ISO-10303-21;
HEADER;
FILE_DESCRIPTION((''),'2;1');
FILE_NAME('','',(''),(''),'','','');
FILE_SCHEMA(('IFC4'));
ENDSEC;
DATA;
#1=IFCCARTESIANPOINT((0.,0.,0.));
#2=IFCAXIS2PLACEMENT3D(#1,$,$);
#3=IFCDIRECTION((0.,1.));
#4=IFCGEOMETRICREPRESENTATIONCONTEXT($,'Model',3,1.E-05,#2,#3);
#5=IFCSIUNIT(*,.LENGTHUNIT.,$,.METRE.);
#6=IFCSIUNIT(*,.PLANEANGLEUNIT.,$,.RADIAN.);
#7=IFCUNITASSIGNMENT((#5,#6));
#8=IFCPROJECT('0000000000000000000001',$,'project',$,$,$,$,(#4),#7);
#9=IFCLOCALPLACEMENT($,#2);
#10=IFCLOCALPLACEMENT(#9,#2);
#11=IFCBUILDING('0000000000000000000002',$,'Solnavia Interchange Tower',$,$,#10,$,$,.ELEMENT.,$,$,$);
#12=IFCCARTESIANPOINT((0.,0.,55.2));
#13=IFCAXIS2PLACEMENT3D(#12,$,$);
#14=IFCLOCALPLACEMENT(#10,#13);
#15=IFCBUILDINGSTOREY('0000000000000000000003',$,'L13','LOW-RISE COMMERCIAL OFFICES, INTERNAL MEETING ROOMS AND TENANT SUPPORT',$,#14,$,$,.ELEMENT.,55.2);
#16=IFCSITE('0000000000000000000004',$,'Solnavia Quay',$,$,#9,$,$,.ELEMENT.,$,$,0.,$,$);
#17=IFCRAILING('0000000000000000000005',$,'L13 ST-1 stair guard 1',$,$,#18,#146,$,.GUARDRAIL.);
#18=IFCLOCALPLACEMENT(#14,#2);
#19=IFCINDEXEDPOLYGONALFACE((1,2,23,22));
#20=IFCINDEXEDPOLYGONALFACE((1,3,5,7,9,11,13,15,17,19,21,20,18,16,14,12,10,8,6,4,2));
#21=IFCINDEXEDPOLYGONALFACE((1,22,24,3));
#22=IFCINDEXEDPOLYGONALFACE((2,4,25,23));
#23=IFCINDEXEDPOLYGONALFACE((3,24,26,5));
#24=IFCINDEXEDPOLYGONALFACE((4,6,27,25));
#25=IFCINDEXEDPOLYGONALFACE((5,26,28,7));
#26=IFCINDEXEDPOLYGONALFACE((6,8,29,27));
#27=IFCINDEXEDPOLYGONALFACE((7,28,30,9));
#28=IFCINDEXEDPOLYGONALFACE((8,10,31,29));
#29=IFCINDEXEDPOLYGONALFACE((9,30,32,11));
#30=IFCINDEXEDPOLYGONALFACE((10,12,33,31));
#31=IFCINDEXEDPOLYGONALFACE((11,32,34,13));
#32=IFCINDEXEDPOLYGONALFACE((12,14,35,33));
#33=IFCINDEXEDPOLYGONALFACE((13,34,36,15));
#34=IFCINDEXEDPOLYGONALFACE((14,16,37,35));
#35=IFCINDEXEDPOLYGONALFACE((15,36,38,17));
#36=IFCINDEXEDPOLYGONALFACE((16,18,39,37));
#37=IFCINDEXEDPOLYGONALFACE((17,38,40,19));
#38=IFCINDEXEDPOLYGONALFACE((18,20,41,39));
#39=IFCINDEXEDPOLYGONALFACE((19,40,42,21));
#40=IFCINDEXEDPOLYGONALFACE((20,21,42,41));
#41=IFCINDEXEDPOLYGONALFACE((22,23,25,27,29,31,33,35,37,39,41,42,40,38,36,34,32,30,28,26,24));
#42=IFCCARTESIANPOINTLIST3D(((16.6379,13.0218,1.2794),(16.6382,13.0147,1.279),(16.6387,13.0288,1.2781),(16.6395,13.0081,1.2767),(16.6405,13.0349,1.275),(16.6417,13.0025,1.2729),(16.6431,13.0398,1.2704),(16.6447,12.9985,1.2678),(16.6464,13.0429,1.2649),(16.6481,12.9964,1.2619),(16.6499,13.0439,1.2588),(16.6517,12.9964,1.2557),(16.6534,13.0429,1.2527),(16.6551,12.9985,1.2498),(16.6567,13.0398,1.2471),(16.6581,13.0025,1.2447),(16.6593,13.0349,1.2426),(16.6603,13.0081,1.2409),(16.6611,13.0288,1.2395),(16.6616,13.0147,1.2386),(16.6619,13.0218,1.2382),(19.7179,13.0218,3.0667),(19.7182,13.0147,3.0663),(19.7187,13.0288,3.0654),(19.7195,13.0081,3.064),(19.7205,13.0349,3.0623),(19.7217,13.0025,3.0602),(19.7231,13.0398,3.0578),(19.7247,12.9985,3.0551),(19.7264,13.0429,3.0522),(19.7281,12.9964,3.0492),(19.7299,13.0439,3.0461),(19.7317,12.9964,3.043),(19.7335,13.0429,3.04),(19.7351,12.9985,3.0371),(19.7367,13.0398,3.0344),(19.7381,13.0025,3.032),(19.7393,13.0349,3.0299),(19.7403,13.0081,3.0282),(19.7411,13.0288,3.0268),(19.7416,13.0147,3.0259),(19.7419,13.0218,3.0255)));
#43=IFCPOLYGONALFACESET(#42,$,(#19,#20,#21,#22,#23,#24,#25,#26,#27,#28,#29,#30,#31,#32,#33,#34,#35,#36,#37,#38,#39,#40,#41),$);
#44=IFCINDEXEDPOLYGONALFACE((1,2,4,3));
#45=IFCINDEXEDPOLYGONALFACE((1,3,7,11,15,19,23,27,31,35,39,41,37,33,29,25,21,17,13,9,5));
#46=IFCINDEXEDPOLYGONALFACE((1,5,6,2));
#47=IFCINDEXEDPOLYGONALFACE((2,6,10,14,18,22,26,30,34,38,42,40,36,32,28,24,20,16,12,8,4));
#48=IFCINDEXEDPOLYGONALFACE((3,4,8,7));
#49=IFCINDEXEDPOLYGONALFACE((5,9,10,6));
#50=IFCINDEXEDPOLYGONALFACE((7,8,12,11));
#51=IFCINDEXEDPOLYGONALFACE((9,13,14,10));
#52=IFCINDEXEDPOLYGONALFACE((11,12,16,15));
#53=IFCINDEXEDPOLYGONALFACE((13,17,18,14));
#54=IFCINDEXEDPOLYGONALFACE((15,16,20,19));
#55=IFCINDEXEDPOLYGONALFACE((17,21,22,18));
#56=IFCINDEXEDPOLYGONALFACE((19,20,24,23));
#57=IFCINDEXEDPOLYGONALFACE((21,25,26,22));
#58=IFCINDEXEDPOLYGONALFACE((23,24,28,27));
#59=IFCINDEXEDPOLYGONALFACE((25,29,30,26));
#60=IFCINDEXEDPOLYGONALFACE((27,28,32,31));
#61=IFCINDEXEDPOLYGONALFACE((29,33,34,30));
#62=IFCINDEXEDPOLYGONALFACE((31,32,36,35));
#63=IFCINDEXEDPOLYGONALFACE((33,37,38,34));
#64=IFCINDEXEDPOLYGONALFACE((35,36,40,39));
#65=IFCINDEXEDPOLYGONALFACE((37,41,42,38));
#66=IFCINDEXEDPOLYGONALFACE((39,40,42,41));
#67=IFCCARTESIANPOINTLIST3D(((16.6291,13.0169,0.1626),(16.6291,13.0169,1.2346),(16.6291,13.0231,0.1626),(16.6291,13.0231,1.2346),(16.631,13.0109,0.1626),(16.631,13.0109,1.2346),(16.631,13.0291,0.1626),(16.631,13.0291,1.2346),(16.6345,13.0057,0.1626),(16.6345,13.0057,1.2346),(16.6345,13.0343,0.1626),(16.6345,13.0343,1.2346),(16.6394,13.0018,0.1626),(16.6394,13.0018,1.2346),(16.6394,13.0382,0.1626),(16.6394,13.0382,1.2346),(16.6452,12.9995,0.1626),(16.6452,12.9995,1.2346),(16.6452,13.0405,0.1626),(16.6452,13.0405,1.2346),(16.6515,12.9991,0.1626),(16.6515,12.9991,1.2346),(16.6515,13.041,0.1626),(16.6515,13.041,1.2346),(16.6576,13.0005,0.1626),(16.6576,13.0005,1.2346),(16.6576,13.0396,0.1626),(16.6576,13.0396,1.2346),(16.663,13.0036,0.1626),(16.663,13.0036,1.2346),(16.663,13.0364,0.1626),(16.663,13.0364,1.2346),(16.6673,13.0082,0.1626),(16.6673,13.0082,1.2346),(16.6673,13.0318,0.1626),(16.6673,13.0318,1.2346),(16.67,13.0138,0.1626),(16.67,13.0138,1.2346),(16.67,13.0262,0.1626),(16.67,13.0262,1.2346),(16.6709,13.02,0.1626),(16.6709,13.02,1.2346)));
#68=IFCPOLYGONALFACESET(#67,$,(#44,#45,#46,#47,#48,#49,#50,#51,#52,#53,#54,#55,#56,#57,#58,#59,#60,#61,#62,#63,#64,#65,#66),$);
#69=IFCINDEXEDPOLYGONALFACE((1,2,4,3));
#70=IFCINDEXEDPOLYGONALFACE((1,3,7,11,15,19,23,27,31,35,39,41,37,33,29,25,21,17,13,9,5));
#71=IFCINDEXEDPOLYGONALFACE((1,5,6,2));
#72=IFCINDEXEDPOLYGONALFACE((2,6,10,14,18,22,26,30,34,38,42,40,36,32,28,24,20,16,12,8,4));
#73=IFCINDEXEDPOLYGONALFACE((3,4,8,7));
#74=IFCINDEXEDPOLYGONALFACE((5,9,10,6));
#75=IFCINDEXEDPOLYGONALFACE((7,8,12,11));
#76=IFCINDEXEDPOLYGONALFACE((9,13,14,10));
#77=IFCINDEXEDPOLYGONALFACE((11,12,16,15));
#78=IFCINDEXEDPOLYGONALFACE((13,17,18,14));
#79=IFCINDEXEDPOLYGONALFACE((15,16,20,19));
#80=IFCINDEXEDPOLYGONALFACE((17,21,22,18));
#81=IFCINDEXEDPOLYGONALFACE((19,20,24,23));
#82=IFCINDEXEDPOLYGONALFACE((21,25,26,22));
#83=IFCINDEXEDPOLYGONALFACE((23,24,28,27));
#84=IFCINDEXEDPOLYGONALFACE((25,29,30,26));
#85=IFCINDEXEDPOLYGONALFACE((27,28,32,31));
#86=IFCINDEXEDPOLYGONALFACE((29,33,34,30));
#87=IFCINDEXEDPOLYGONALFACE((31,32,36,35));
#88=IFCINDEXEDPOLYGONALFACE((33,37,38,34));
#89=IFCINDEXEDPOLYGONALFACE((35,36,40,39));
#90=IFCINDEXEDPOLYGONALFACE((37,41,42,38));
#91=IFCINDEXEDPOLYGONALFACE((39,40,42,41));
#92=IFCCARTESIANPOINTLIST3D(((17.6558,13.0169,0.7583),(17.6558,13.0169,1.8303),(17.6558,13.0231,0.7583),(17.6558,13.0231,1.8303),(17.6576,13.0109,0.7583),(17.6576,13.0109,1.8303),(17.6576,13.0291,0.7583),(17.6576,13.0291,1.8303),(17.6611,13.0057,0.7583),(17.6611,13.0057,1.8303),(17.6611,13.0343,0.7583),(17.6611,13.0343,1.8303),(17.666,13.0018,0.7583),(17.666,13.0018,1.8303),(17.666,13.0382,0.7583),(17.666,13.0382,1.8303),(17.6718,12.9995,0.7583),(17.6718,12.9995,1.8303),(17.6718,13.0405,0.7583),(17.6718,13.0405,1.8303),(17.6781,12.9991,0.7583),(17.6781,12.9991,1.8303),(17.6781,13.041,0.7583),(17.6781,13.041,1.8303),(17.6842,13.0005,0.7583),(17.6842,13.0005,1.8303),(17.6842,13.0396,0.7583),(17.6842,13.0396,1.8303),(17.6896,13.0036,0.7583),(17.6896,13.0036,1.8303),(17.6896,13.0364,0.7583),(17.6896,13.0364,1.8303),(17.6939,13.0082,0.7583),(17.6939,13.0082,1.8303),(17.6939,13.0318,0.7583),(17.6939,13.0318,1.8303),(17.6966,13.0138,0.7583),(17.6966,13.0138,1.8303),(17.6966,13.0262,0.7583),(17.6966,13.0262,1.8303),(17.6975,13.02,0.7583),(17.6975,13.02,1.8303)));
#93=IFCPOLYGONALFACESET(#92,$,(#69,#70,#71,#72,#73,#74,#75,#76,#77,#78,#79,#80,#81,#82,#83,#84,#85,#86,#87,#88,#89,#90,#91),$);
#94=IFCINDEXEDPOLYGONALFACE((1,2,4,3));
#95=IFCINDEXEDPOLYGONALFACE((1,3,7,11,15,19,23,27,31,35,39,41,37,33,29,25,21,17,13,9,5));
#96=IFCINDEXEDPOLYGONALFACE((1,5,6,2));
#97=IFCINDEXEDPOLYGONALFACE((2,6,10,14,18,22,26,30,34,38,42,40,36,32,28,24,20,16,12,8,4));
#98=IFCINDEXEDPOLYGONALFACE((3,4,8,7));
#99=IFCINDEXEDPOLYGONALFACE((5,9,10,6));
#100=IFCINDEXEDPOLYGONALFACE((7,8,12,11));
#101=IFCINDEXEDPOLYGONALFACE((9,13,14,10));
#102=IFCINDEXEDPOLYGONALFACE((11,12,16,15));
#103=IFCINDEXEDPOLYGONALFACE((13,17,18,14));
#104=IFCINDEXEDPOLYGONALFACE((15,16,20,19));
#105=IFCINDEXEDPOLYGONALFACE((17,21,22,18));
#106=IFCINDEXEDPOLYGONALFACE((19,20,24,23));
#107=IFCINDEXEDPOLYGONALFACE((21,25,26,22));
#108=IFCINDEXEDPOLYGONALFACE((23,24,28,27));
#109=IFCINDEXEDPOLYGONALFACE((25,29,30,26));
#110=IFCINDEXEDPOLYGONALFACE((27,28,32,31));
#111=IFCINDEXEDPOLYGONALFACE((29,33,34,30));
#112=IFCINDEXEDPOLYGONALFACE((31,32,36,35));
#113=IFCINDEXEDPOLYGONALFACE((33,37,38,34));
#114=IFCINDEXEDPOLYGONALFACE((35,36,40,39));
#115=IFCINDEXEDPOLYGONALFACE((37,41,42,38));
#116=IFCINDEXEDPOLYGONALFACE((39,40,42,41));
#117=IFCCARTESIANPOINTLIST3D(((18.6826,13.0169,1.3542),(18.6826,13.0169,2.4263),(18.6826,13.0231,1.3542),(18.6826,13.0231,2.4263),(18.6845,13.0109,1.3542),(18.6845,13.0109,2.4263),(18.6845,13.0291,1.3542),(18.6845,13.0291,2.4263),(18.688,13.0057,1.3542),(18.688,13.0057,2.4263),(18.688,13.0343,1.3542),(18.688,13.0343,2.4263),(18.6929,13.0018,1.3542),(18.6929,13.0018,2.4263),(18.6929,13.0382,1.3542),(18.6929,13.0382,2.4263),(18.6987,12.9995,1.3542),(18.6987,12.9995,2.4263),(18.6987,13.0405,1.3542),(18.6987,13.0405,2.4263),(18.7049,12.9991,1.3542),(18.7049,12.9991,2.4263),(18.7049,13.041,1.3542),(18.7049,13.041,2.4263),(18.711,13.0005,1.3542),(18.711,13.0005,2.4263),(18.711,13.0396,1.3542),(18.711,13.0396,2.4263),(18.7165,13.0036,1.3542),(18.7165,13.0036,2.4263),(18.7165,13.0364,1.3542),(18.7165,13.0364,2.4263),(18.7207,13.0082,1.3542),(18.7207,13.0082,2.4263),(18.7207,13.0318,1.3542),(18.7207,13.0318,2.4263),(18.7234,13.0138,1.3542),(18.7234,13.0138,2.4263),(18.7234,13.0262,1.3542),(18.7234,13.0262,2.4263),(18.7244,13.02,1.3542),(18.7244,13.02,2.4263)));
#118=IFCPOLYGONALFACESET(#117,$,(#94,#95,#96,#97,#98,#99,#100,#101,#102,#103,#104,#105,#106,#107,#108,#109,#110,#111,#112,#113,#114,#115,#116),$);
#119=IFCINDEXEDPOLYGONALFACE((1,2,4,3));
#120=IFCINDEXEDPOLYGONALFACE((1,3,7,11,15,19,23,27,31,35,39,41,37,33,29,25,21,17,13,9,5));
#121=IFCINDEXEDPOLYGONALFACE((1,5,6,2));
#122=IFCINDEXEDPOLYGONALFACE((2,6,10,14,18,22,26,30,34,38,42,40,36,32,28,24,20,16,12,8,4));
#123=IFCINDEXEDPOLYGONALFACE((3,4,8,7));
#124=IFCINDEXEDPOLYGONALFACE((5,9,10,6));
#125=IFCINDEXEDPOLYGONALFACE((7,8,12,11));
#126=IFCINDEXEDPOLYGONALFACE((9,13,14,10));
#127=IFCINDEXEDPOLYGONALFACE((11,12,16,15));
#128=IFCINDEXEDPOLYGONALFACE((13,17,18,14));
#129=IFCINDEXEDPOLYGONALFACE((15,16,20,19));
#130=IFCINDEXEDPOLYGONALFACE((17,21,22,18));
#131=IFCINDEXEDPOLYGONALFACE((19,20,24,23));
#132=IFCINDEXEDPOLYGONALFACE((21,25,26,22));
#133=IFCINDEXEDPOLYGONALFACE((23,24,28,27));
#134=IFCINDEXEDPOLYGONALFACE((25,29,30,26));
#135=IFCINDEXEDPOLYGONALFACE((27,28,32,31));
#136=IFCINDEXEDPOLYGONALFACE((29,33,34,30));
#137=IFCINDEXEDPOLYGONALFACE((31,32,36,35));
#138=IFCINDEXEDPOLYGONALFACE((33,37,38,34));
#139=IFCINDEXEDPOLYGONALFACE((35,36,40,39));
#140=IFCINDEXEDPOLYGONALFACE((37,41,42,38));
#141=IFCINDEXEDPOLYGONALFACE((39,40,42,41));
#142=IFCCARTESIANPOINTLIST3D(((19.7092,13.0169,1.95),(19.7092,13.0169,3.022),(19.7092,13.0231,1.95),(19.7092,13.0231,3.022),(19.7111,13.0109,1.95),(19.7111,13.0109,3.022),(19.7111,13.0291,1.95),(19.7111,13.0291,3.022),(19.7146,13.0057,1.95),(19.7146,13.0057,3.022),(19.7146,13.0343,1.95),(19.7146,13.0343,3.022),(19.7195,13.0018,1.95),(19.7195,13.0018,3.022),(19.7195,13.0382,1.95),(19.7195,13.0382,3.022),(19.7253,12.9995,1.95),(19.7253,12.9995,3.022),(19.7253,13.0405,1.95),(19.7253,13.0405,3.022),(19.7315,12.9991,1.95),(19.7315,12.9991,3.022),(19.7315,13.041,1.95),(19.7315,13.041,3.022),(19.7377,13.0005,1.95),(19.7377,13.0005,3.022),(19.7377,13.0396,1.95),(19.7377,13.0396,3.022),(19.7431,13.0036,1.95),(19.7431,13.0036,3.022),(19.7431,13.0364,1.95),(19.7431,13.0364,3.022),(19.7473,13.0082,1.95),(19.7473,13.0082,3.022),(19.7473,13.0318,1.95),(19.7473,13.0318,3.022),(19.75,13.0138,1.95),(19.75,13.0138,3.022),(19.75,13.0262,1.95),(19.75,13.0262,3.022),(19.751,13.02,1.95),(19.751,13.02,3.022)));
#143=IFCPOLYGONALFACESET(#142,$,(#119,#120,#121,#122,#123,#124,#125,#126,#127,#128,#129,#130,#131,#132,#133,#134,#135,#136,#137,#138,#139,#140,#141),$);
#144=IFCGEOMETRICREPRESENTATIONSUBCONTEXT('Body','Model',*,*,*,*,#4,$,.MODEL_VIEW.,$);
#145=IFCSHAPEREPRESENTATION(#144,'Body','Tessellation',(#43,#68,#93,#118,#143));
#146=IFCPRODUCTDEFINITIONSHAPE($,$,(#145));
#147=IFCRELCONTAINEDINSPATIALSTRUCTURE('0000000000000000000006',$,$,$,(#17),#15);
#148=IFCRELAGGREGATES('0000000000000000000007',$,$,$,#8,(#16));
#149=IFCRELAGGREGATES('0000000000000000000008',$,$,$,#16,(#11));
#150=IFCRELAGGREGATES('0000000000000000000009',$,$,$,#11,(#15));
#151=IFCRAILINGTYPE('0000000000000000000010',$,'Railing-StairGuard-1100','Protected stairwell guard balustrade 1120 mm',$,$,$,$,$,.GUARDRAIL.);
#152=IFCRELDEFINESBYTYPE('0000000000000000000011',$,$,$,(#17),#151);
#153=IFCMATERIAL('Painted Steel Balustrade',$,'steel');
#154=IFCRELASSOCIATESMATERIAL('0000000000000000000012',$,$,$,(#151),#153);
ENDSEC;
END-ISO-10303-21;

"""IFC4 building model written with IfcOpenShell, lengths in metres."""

from ifc_helpers import new_model, si_unit, direction, frame, origin, origin_2d, place, context, subcontext, project, spatial, circle, extrude, material, type_object, element, save


model = new_model("IFC4")

# Units and contexts
model_context = context("Model", 3, precision=1e-05, world=origin(), true_north=direction((0.0, 1.0)))
body_context = subcontext(model_context, "Body", "Model", "MODEL_VIEW")
ifc_project = project(units=[si_unit("LENGTHUNIT", "METRE"), si_unit("PLANEANGLEUNIT", "RADIAN")], contexts=[model_context])

# Site, building, storey
site_placement = place(None, origin())
site = spatial("IfcSite", under=ifc_project, at=site_placement, Name="Solnavia Quay", CompositionType="ELEMENT", RefElevation=0.0)
building_placement = place(site_placement, origin())
building = spatial("IfcBuilding", under=site, at=building_placement, Name="Solnavia Interchange Tower", CompositionType="ELEMENT")
storey_placement = place(building_placement, frame((0.0, 0.0, 55.2)))
storey = spatial("IfcBuildingStorey", under=building, at=storey_placement, Name="L13", Description="LOW-RISE COMMERCIAL OFFICES, INTERNAL MEETING ROOMS AND TENANT SUPPORT", CompositionType="ELEMENT", Elevation=55.2)

# Railing
ifc_material_1 = material(Name="Painted Steel Balustrade", Category="steel")
railing_type_1 = type_object("IfcRailingType", Name="Railing-StairGuard-1100", Description="Protected stairwell guard balustrade 1120 mm", PredefinedType="GUARDRAIL", material=ifc_material_1)
railing_1_placement = place(storey_placement, frame((16.6499, 13.02, 0.1626)))
element("IfcRailing", 1, at=railing_1_placement, inside=storey, type_object=railing_type_1, Name="L13 ST-1 stair guard 1", PredefinedType="GUARDRAIL", context=body_context, shape_type="SweptSolid", body=[
    extrude(circle(Radius=0.0239, at=origin_2d()), frame((0.0, 0.0, 1.0962), z_axis=(0.86492, 0.0, 0.501909), x_axis=(0.0, 1.0, 0.0)), (0.0, 0.0, 1.0), 3.561),
    extrude(circle(Radius=0.021, at=origin_2d()), origin(), (0.0, 0.0, 1.0), 1.072),
    extrude(circle(Radius=0.021, at=origin_2d()), frame((1.0266, 0.0, 0.5957)), (0.0, 0.0, 1.0), 1.072),
    extrude(circle(Radius=0.021, at=origin_2d()), frame((2.0535, 0.0, 1.1917)), (0.0, 0.0, 1.0), 1.072),
    extrude(circle(Radius=0.021, at=origin_2d()), frame((3.0801, 0.0, 1.7874)), (0.0, 0.0, 1.0), 1.072),
])

save(model, "model.ifc")
